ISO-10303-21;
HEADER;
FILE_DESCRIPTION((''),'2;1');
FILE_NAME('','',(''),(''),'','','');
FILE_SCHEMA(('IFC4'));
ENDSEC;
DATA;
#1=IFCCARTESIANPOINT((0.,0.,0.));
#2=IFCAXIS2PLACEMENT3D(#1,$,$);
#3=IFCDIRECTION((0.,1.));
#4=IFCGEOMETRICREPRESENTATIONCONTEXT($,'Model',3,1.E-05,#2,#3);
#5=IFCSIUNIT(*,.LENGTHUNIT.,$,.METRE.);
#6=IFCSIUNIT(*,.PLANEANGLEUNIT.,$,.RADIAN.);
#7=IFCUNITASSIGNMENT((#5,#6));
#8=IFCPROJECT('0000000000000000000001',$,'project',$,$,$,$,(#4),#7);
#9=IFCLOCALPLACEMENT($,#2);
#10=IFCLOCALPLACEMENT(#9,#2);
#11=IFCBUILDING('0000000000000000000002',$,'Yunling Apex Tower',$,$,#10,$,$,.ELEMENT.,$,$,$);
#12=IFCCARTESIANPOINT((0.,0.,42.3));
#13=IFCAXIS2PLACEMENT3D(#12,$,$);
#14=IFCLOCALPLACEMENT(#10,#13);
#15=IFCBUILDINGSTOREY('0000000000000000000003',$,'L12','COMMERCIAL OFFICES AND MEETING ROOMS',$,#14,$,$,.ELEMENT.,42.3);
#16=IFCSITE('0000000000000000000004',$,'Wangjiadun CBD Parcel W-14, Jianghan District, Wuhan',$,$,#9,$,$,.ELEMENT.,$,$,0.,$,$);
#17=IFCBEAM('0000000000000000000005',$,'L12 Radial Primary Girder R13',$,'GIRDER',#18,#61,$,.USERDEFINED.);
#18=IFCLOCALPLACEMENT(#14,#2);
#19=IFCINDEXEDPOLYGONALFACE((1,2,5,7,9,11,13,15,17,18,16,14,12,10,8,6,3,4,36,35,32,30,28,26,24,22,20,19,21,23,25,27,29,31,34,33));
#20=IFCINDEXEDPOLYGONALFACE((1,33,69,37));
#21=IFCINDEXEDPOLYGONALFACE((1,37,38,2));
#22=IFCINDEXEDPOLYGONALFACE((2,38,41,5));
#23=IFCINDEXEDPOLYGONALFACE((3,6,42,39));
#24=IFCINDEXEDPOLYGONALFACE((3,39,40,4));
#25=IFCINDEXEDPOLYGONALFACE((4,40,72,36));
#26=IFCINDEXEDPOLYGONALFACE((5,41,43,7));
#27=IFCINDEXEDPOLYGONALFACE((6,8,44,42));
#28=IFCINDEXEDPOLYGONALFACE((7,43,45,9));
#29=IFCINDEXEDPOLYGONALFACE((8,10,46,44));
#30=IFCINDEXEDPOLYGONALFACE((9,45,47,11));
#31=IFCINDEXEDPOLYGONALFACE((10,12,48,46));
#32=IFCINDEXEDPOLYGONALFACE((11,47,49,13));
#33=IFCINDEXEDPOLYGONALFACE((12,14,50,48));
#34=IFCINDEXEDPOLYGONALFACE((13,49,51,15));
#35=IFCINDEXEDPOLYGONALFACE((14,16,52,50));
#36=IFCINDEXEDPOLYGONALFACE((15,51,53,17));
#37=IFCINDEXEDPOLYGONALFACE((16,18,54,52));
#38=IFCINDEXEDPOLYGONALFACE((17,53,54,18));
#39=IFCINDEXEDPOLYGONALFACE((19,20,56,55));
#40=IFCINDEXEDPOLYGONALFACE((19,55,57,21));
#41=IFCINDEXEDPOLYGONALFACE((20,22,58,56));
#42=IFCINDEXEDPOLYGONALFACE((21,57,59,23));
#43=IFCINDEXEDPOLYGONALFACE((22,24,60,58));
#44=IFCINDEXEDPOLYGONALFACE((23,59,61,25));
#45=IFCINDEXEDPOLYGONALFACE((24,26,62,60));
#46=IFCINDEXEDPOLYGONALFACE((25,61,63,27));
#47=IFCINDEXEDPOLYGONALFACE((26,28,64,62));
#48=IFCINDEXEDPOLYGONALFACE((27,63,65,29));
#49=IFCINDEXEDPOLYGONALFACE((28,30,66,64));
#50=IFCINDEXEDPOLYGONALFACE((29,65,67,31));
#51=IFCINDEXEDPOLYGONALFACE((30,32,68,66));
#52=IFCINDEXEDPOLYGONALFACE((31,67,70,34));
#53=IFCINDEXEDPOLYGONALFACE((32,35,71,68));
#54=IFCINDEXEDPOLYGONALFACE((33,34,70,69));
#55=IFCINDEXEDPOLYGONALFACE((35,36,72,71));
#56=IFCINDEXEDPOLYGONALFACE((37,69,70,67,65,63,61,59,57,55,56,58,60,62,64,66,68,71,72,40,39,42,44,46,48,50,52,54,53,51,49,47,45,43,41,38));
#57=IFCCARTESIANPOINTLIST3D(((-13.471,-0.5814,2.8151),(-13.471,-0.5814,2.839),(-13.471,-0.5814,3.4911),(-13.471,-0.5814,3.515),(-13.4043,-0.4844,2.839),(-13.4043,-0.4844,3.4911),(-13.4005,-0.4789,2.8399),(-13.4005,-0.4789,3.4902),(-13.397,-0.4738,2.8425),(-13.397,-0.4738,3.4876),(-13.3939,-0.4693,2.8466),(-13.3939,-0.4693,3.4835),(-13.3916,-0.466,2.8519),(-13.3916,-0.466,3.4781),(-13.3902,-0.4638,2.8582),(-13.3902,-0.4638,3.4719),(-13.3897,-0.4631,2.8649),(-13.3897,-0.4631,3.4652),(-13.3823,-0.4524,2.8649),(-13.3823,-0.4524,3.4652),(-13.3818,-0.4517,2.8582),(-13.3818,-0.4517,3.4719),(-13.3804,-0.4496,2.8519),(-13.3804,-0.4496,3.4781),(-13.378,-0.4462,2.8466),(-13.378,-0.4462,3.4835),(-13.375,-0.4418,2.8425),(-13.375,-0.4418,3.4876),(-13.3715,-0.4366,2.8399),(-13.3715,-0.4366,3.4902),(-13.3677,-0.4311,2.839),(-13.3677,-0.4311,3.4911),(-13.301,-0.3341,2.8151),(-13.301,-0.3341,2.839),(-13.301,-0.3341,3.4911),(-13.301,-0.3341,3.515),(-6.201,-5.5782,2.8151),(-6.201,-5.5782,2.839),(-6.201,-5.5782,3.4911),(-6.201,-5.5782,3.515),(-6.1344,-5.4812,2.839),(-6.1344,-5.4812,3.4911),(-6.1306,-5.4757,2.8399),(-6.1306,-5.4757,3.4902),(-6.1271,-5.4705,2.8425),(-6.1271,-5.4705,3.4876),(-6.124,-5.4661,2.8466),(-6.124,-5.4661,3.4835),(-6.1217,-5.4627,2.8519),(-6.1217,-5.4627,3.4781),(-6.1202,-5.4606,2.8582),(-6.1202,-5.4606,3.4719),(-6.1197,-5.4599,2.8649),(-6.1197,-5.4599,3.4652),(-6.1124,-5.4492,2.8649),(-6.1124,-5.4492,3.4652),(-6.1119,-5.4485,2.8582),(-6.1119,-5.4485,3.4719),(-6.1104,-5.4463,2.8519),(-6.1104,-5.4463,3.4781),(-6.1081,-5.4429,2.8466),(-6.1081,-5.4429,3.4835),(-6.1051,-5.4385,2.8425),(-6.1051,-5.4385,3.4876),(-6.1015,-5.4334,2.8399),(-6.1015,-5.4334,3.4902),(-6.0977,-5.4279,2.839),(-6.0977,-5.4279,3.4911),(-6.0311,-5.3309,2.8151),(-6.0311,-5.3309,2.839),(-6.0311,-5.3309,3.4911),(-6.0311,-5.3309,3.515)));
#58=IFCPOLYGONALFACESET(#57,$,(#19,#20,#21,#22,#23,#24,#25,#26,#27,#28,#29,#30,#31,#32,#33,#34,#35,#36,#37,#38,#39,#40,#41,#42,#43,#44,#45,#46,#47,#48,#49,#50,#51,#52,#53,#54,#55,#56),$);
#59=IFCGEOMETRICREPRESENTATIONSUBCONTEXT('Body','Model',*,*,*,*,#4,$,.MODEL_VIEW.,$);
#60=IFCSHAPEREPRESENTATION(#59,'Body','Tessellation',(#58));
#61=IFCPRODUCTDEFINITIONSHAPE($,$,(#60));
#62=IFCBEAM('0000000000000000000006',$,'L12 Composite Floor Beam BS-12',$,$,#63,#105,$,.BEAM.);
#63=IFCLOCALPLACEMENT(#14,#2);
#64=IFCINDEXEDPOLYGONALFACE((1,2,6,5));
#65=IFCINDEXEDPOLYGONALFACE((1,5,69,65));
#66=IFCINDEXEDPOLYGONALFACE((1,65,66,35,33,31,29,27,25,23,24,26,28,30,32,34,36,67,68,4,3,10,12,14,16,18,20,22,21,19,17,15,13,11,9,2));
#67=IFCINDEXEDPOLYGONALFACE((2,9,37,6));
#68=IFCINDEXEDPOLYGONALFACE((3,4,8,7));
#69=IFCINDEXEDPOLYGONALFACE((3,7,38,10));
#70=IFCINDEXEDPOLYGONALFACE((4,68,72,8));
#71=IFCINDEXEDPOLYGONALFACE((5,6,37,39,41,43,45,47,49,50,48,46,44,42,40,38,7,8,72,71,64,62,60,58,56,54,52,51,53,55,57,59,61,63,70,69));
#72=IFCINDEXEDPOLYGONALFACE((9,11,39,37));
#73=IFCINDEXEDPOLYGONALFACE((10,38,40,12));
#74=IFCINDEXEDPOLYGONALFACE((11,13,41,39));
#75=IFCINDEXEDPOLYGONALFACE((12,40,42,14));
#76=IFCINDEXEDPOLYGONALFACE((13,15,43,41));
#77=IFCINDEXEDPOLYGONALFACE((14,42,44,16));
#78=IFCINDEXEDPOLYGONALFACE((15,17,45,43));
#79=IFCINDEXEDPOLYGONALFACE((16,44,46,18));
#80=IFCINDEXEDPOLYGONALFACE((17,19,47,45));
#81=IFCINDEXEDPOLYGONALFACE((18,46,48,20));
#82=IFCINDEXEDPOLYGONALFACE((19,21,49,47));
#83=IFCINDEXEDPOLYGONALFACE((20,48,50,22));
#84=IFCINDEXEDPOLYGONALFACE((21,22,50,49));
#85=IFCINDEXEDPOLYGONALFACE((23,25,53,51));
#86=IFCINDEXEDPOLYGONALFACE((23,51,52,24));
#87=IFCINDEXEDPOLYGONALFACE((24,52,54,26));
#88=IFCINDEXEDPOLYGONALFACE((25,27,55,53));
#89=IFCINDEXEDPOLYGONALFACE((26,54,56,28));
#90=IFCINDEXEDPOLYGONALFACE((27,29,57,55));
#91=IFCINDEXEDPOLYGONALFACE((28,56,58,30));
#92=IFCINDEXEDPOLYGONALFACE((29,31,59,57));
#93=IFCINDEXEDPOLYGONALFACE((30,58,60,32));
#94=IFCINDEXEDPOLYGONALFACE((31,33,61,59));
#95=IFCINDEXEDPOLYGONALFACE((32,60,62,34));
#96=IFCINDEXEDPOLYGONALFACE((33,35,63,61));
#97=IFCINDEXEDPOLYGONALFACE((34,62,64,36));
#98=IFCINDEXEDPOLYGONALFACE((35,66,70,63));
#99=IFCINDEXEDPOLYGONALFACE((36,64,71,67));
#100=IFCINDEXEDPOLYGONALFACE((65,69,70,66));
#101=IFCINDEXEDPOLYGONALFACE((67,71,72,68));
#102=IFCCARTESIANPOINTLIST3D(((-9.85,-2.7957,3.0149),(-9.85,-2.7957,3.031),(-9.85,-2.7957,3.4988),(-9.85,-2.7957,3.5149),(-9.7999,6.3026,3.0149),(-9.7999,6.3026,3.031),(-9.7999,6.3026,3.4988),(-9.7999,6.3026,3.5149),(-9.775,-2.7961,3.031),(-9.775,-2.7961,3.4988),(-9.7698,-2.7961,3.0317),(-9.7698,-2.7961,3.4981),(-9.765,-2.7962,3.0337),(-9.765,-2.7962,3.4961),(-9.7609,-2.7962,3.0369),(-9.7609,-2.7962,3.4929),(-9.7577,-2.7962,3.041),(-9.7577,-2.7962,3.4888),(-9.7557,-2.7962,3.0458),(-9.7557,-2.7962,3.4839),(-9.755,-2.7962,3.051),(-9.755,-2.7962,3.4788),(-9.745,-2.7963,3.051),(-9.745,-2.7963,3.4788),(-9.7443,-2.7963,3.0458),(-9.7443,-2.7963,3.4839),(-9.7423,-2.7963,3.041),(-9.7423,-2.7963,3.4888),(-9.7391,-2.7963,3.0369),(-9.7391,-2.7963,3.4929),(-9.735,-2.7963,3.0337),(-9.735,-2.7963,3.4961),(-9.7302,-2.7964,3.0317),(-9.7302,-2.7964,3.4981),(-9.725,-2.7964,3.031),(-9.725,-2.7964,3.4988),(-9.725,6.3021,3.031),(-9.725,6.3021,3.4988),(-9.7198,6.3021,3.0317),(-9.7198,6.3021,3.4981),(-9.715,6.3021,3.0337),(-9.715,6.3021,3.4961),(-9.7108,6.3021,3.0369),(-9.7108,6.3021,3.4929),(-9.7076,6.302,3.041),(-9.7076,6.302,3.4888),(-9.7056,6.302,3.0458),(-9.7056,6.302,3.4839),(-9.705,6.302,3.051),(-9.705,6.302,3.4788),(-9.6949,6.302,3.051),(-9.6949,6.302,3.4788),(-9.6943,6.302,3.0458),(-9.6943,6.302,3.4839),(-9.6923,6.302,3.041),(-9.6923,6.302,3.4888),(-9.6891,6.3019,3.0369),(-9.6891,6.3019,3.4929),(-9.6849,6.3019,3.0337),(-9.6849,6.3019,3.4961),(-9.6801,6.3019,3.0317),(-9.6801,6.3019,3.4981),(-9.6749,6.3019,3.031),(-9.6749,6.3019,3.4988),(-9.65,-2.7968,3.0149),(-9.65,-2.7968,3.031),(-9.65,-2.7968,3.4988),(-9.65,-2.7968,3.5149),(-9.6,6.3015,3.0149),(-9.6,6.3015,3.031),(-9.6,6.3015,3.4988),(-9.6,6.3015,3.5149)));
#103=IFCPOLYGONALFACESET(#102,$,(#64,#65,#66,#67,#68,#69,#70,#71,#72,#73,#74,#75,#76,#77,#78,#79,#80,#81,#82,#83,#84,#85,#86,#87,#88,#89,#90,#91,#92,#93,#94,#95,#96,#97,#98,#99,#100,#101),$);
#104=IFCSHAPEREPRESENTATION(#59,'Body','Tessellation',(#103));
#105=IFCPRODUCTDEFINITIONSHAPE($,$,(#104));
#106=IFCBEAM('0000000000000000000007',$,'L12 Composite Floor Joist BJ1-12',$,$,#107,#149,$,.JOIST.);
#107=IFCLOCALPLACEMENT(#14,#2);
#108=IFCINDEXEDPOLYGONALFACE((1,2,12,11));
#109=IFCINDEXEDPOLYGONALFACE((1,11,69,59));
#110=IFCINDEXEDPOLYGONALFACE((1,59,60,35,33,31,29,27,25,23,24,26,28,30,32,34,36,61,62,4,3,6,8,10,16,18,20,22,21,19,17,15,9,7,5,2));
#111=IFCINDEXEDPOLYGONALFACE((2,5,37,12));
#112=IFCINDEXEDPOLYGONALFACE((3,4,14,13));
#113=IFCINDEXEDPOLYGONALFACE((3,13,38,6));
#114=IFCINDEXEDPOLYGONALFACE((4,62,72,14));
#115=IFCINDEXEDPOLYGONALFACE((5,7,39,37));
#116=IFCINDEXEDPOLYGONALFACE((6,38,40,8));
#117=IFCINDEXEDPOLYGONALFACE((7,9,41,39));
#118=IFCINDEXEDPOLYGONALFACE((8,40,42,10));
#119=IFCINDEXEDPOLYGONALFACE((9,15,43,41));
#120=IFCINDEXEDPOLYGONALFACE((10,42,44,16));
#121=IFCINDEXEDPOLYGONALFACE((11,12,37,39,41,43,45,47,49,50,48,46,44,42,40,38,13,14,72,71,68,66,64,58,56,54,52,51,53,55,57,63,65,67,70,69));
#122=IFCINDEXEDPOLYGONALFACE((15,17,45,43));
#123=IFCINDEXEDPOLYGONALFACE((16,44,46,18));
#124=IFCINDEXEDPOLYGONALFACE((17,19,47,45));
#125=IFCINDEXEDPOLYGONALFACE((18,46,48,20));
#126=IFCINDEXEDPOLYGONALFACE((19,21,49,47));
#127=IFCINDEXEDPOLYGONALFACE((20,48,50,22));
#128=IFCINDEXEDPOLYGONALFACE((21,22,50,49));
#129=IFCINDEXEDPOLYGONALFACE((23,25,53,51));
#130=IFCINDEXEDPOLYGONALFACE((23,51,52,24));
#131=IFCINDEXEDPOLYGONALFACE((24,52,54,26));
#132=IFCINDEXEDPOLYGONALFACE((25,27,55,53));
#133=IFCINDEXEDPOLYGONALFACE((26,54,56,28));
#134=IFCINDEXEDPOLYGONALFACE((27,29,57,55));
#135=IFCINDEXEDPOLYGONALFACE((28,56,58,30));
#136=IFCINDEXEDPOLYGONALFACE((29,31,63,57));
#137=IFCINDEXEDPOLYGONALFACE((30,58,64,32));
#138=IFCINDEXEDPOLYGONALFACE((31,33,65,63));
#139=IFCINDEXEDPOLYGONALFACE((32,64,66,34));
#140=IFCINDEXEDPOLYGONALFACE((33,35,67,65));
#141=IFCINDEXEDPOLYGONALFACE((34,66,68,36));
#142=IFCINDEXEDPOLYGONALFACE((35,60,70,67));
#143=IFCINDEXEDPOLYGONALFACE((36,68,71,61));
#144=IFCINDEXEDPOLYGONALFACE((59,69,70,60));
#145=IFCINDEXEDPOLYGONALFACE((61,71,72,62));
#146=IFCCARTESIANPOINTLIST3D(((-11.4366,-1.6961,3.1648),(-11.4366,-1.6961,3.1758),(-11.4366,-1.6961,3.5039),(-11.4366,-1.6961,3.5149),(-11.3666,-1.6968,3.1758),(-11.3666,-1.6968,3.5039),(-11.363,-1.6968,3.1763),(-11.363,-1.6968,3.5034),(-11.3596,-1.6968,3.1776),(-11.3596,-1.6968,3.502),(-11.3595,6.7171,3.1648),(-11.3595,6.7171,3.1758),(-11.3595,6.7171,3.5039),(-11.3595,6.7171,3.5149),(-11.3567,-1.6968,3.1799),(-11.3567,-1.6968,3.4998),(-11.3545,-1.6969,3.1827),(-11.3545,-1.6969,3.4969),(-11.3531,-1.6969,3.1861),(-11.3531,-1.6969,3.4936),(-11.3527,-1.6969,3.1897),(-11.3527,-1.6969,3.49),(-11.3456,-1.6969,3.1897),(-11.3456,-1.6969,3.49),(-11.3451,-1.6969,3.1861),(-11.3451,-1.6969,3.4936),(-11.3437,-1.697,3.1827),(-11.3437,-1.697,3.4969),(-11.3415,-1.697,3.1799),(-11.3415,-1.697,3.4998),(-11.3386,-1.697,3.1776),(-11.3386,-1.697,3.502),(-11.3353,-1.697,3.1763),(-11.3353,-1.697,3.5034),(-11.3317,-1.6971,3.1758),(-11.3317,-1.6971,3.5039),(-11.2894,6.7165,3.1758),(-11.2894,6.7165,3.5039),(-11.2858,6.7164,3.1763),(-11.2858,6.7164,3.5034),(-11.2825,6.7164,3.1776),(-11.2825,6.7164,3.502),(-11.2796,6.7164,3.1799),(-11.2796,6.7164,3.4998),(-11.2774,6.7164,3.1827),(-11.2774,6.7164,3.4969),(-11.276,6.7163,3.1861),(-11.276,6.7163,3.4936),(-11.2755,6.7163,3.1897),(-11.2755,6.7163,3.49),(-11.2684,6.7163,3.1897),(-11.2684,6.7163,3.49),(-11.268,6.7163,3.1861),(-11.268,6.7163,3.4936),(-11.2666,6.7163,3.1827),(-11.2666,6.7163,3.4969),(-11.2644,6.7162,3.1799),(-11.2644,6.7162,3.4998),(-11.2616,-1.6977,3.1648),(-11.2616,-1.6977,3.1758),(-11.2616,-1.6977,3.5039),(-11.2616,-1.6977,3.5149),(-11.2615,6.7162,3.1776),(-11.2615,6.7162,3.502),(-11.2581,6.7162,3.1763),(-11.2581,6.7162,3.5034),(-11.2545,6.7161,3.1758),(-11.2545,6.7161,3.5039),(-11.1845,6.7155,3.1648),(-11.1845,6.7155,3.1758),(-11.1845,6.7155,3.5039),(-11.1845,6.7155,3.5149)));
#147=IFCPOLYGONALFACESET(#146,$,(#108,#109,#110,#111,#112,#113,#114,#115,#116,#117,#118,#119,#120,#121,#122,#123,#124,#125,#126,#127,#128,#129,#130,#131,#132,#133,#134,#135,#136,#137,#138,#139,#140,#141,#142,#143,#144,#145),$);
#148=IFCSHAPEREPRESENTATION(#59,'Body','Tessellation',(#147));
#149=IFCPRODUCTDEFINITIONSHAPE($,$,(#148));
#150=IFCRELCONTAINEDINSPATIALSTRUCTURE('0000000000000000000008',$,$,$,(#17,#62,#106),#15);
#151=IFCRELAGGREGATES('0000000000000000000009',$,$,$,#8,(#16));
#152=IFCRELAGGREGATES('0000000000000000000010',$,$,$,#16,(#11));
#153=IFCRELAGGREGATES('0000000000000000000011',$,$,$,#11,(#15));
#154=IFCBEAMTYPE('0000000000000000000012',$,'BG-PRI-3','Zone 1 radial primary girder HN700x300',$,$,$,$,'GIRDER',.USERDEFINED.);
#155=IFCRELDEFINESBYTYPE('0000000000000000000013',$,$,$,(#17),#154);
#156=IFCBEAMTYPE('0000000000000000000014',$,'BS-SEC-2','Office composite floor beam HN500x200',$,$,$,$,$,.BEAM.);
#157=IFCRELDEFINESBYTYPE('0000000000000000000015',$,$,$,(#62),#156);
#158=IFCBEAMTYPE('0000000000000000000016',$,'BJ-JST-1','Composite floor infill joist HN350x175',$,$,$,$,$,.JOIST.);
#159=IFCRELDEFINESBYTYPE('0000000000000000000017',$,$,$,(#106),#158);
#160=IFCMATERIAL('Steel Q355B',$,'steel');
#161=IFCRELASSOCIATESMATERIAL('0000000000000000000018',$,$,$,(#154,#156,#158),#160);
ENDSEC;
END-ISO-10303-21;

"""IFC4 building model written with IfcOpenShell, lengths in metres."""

from ifc_helpers import new_model, si_unit, direction, frame, origin, origin_2d, place, context, subcontext, project, spatial, i_section, extrude, source, transform, mapped, material, material_profile, profile_set, type_object, element, save


model = new_model("IFC4")

# Units and contexts
model_context = context("Model", 3, precision=1e-05, world=origin(), true_north=direction((0.0, 1.0)))
body_context = subcontext(model_context, "Body", "Model", "MODEL_VIEW")
ifc_project = project(units=[si_unit("LENGTHUNIT", "METRE"), si_unit("PLANEANGLEUNIT", "RADIAN")], contexts=[model_context])

# Site, building, storey
site_placement = place(None, origin())
site = spatial("IfcSite", under=ifc_project, at=site_placement, Name="Wangjiadun CBD Parcel W-14, Jianghan District, Wuhan", CompositionType="ELEMENT", RefElevation=0.0)
building_placement = place(site_placement, origin())
building = spatial("IfcBuilding", under=site, at=building_placement, Name="Yunling Apex Tower", CompositionType="ELEMENT")
storey_placement = place(building_placement, frame((0.0, 0.0, 42.3)))
storey = spatial("IfcBuildingStorey", under=building, at=storey_placement, Name="L12", Description="COMMERCIAL OFFICES AND MEETING ROOMS", CompositionType="ELEMENT", Elevation=42.3)

# Beams
ifc_material_1 = material(Name="Steel Q355B", Category="steel")
ifc_material_profile_1 = material_profile(ifc_material_1, i_section(OverallWidth=0.3, OverallDepth=0.7, WebThickness=0.0129, FlangeThickness=0.0239, FilletRadius=0.0259, at=origin_2d()))
ifc_profile_set_1 = profile_set([ifc_material_profile_1], Name="Steel Q355B")
beam_type_1 = type_object("IfcBeamType", Name="BG-PRI-3", Description="Zone 1 radial primary girder HN700x300", ElementType="GIRDER", PredefinedType="USERDEFINED", material=ifc_profile_set_1)
shared_shape_1 = source(origin(), body_context, "Body", "SweptSolid", [
    extrude(i_section(OverallWidth=0.3, OverallDepth=0.7, WebThickness=0.0129, FlangeThickness=0.0239, FilletRadius=0.0259, at=origin_2d()), origin(), (0.0, 0.0, 1.0), 8.8215),
])
beam_1_placement = place(storey_placement, frame((-13.386, -0.4578, 3.165), z_axis=(0.824111, -0.566428, 0.0), x_axis=(0.566428, 0.824111, 0.0)))
element("IfcBeam", 1, at=beam_1_placement, inside=storey, type_object=beam_type_1, Name="L12 Radial Primary Girder R13", ObjectType="GIRDER", PredefinedType="USERDEFINED", context=body_context, shape_type="MappedRepresentation", body=[
    mapped(shared_shape_1, transform((0.0, 0.0, 0.0), scale=1.0)),
])
ifc_material_profile_2 = material_profile(ifc_material_1, i_section(OverallWidth=0.2, OverallDepth=0.5, WebThickness=0.01, FlangeThickness=0.0161, FilletRadius=0.02, at=origin_2d()))
ifc_profile_set_2 = profile_set([ifc_material_profile_2], Name="Steel Q355B")
beam_type_2 = type_object("IfcBeamType", Name="BS-SEC-2", Description="Office composite floor beam HN500x200", PredefinedType="BEAM", material=ifc_profile_set_2)
shared_shape_2 = source(origin(), body_context, "Body", "SweptSolid", [
    extrude(i_section(OverallWidth=0.2, OverallDepth=0.5, WebThickness=0.01, FlangeThickness=0.0161, FilletRadius=0.02, at=origin_2d()), origin(), (0.0, 0.0, 1.0), 9.0984),
])
beam_2_placement = place(storey_placement, frame((-9.7, 6.302, 3.2649), z_axis=(-0.005501, -0.999985, 0.0), x_axis=(0.999985, -0.005501, 0.0)))
element("IfcBeam", 2, at=beam_2_placement, inside=storey, type_object=beam_type_2, Name="L12 Composite Floor Beam BS-12", PredefinedType="BEAM", context=body_context, shape_type="MappedRepresentation", body=[
    mapped(shared_shape_2, transform((0.0, 0.0, 0.0), scale=1.0)),
])
ifc_material_profile_3 = material_profile(ifc_material_1, i_section(OverallWidth=0.175, OverallDepth=0.3501, WebThickness=0.0071, FlangeThickness=0.011, FilletRadius=0.0139, at=origin_2d()))
ifc_profile_set_3 = profile_set([ifc_material_profile_3], Name="Steel Q355B")
beam_type_3 = type_object("IfcBeamType", Name="BJ-JST-1", Description="Composite floor infill joist HN350x175", PredefinedType="JOIST", material=ifc_profile_set_3)
shared_shape_3 = source(origin(), body_context, "Body", "SweptSolid", [
    extrude(i_section(OverallWidth=0.175, OverallDepth=0.3501, WebThickness=0.0071, FlangeThickness=0.011, FilletRadius=0.0139, at=origin_2d()), origin(), (0.0, 0.0, 1.0), 8.4136),
])
beam_3_placement = place(storey_placement, frame((-11.272, 6.7163, 3.3398), z_axis=(-0.009169, -0.999958, 0.0), x_axis=(0.999958, -0.009169, 0.0)))
element("IfcBeam", 3, at=beam_3_placement, inside=storey, type_object=beam_type_3, Name="L12 Composite Floor Joist BJ1-12", PredefinedType="JOIST", context=body_context, shape_type="MappedRepresentation", body=[
    mapped(shared_shape_3, transform((0.0, 0.0, 0.0), scale=1.0)),
])

save(model, "model.ifc")
